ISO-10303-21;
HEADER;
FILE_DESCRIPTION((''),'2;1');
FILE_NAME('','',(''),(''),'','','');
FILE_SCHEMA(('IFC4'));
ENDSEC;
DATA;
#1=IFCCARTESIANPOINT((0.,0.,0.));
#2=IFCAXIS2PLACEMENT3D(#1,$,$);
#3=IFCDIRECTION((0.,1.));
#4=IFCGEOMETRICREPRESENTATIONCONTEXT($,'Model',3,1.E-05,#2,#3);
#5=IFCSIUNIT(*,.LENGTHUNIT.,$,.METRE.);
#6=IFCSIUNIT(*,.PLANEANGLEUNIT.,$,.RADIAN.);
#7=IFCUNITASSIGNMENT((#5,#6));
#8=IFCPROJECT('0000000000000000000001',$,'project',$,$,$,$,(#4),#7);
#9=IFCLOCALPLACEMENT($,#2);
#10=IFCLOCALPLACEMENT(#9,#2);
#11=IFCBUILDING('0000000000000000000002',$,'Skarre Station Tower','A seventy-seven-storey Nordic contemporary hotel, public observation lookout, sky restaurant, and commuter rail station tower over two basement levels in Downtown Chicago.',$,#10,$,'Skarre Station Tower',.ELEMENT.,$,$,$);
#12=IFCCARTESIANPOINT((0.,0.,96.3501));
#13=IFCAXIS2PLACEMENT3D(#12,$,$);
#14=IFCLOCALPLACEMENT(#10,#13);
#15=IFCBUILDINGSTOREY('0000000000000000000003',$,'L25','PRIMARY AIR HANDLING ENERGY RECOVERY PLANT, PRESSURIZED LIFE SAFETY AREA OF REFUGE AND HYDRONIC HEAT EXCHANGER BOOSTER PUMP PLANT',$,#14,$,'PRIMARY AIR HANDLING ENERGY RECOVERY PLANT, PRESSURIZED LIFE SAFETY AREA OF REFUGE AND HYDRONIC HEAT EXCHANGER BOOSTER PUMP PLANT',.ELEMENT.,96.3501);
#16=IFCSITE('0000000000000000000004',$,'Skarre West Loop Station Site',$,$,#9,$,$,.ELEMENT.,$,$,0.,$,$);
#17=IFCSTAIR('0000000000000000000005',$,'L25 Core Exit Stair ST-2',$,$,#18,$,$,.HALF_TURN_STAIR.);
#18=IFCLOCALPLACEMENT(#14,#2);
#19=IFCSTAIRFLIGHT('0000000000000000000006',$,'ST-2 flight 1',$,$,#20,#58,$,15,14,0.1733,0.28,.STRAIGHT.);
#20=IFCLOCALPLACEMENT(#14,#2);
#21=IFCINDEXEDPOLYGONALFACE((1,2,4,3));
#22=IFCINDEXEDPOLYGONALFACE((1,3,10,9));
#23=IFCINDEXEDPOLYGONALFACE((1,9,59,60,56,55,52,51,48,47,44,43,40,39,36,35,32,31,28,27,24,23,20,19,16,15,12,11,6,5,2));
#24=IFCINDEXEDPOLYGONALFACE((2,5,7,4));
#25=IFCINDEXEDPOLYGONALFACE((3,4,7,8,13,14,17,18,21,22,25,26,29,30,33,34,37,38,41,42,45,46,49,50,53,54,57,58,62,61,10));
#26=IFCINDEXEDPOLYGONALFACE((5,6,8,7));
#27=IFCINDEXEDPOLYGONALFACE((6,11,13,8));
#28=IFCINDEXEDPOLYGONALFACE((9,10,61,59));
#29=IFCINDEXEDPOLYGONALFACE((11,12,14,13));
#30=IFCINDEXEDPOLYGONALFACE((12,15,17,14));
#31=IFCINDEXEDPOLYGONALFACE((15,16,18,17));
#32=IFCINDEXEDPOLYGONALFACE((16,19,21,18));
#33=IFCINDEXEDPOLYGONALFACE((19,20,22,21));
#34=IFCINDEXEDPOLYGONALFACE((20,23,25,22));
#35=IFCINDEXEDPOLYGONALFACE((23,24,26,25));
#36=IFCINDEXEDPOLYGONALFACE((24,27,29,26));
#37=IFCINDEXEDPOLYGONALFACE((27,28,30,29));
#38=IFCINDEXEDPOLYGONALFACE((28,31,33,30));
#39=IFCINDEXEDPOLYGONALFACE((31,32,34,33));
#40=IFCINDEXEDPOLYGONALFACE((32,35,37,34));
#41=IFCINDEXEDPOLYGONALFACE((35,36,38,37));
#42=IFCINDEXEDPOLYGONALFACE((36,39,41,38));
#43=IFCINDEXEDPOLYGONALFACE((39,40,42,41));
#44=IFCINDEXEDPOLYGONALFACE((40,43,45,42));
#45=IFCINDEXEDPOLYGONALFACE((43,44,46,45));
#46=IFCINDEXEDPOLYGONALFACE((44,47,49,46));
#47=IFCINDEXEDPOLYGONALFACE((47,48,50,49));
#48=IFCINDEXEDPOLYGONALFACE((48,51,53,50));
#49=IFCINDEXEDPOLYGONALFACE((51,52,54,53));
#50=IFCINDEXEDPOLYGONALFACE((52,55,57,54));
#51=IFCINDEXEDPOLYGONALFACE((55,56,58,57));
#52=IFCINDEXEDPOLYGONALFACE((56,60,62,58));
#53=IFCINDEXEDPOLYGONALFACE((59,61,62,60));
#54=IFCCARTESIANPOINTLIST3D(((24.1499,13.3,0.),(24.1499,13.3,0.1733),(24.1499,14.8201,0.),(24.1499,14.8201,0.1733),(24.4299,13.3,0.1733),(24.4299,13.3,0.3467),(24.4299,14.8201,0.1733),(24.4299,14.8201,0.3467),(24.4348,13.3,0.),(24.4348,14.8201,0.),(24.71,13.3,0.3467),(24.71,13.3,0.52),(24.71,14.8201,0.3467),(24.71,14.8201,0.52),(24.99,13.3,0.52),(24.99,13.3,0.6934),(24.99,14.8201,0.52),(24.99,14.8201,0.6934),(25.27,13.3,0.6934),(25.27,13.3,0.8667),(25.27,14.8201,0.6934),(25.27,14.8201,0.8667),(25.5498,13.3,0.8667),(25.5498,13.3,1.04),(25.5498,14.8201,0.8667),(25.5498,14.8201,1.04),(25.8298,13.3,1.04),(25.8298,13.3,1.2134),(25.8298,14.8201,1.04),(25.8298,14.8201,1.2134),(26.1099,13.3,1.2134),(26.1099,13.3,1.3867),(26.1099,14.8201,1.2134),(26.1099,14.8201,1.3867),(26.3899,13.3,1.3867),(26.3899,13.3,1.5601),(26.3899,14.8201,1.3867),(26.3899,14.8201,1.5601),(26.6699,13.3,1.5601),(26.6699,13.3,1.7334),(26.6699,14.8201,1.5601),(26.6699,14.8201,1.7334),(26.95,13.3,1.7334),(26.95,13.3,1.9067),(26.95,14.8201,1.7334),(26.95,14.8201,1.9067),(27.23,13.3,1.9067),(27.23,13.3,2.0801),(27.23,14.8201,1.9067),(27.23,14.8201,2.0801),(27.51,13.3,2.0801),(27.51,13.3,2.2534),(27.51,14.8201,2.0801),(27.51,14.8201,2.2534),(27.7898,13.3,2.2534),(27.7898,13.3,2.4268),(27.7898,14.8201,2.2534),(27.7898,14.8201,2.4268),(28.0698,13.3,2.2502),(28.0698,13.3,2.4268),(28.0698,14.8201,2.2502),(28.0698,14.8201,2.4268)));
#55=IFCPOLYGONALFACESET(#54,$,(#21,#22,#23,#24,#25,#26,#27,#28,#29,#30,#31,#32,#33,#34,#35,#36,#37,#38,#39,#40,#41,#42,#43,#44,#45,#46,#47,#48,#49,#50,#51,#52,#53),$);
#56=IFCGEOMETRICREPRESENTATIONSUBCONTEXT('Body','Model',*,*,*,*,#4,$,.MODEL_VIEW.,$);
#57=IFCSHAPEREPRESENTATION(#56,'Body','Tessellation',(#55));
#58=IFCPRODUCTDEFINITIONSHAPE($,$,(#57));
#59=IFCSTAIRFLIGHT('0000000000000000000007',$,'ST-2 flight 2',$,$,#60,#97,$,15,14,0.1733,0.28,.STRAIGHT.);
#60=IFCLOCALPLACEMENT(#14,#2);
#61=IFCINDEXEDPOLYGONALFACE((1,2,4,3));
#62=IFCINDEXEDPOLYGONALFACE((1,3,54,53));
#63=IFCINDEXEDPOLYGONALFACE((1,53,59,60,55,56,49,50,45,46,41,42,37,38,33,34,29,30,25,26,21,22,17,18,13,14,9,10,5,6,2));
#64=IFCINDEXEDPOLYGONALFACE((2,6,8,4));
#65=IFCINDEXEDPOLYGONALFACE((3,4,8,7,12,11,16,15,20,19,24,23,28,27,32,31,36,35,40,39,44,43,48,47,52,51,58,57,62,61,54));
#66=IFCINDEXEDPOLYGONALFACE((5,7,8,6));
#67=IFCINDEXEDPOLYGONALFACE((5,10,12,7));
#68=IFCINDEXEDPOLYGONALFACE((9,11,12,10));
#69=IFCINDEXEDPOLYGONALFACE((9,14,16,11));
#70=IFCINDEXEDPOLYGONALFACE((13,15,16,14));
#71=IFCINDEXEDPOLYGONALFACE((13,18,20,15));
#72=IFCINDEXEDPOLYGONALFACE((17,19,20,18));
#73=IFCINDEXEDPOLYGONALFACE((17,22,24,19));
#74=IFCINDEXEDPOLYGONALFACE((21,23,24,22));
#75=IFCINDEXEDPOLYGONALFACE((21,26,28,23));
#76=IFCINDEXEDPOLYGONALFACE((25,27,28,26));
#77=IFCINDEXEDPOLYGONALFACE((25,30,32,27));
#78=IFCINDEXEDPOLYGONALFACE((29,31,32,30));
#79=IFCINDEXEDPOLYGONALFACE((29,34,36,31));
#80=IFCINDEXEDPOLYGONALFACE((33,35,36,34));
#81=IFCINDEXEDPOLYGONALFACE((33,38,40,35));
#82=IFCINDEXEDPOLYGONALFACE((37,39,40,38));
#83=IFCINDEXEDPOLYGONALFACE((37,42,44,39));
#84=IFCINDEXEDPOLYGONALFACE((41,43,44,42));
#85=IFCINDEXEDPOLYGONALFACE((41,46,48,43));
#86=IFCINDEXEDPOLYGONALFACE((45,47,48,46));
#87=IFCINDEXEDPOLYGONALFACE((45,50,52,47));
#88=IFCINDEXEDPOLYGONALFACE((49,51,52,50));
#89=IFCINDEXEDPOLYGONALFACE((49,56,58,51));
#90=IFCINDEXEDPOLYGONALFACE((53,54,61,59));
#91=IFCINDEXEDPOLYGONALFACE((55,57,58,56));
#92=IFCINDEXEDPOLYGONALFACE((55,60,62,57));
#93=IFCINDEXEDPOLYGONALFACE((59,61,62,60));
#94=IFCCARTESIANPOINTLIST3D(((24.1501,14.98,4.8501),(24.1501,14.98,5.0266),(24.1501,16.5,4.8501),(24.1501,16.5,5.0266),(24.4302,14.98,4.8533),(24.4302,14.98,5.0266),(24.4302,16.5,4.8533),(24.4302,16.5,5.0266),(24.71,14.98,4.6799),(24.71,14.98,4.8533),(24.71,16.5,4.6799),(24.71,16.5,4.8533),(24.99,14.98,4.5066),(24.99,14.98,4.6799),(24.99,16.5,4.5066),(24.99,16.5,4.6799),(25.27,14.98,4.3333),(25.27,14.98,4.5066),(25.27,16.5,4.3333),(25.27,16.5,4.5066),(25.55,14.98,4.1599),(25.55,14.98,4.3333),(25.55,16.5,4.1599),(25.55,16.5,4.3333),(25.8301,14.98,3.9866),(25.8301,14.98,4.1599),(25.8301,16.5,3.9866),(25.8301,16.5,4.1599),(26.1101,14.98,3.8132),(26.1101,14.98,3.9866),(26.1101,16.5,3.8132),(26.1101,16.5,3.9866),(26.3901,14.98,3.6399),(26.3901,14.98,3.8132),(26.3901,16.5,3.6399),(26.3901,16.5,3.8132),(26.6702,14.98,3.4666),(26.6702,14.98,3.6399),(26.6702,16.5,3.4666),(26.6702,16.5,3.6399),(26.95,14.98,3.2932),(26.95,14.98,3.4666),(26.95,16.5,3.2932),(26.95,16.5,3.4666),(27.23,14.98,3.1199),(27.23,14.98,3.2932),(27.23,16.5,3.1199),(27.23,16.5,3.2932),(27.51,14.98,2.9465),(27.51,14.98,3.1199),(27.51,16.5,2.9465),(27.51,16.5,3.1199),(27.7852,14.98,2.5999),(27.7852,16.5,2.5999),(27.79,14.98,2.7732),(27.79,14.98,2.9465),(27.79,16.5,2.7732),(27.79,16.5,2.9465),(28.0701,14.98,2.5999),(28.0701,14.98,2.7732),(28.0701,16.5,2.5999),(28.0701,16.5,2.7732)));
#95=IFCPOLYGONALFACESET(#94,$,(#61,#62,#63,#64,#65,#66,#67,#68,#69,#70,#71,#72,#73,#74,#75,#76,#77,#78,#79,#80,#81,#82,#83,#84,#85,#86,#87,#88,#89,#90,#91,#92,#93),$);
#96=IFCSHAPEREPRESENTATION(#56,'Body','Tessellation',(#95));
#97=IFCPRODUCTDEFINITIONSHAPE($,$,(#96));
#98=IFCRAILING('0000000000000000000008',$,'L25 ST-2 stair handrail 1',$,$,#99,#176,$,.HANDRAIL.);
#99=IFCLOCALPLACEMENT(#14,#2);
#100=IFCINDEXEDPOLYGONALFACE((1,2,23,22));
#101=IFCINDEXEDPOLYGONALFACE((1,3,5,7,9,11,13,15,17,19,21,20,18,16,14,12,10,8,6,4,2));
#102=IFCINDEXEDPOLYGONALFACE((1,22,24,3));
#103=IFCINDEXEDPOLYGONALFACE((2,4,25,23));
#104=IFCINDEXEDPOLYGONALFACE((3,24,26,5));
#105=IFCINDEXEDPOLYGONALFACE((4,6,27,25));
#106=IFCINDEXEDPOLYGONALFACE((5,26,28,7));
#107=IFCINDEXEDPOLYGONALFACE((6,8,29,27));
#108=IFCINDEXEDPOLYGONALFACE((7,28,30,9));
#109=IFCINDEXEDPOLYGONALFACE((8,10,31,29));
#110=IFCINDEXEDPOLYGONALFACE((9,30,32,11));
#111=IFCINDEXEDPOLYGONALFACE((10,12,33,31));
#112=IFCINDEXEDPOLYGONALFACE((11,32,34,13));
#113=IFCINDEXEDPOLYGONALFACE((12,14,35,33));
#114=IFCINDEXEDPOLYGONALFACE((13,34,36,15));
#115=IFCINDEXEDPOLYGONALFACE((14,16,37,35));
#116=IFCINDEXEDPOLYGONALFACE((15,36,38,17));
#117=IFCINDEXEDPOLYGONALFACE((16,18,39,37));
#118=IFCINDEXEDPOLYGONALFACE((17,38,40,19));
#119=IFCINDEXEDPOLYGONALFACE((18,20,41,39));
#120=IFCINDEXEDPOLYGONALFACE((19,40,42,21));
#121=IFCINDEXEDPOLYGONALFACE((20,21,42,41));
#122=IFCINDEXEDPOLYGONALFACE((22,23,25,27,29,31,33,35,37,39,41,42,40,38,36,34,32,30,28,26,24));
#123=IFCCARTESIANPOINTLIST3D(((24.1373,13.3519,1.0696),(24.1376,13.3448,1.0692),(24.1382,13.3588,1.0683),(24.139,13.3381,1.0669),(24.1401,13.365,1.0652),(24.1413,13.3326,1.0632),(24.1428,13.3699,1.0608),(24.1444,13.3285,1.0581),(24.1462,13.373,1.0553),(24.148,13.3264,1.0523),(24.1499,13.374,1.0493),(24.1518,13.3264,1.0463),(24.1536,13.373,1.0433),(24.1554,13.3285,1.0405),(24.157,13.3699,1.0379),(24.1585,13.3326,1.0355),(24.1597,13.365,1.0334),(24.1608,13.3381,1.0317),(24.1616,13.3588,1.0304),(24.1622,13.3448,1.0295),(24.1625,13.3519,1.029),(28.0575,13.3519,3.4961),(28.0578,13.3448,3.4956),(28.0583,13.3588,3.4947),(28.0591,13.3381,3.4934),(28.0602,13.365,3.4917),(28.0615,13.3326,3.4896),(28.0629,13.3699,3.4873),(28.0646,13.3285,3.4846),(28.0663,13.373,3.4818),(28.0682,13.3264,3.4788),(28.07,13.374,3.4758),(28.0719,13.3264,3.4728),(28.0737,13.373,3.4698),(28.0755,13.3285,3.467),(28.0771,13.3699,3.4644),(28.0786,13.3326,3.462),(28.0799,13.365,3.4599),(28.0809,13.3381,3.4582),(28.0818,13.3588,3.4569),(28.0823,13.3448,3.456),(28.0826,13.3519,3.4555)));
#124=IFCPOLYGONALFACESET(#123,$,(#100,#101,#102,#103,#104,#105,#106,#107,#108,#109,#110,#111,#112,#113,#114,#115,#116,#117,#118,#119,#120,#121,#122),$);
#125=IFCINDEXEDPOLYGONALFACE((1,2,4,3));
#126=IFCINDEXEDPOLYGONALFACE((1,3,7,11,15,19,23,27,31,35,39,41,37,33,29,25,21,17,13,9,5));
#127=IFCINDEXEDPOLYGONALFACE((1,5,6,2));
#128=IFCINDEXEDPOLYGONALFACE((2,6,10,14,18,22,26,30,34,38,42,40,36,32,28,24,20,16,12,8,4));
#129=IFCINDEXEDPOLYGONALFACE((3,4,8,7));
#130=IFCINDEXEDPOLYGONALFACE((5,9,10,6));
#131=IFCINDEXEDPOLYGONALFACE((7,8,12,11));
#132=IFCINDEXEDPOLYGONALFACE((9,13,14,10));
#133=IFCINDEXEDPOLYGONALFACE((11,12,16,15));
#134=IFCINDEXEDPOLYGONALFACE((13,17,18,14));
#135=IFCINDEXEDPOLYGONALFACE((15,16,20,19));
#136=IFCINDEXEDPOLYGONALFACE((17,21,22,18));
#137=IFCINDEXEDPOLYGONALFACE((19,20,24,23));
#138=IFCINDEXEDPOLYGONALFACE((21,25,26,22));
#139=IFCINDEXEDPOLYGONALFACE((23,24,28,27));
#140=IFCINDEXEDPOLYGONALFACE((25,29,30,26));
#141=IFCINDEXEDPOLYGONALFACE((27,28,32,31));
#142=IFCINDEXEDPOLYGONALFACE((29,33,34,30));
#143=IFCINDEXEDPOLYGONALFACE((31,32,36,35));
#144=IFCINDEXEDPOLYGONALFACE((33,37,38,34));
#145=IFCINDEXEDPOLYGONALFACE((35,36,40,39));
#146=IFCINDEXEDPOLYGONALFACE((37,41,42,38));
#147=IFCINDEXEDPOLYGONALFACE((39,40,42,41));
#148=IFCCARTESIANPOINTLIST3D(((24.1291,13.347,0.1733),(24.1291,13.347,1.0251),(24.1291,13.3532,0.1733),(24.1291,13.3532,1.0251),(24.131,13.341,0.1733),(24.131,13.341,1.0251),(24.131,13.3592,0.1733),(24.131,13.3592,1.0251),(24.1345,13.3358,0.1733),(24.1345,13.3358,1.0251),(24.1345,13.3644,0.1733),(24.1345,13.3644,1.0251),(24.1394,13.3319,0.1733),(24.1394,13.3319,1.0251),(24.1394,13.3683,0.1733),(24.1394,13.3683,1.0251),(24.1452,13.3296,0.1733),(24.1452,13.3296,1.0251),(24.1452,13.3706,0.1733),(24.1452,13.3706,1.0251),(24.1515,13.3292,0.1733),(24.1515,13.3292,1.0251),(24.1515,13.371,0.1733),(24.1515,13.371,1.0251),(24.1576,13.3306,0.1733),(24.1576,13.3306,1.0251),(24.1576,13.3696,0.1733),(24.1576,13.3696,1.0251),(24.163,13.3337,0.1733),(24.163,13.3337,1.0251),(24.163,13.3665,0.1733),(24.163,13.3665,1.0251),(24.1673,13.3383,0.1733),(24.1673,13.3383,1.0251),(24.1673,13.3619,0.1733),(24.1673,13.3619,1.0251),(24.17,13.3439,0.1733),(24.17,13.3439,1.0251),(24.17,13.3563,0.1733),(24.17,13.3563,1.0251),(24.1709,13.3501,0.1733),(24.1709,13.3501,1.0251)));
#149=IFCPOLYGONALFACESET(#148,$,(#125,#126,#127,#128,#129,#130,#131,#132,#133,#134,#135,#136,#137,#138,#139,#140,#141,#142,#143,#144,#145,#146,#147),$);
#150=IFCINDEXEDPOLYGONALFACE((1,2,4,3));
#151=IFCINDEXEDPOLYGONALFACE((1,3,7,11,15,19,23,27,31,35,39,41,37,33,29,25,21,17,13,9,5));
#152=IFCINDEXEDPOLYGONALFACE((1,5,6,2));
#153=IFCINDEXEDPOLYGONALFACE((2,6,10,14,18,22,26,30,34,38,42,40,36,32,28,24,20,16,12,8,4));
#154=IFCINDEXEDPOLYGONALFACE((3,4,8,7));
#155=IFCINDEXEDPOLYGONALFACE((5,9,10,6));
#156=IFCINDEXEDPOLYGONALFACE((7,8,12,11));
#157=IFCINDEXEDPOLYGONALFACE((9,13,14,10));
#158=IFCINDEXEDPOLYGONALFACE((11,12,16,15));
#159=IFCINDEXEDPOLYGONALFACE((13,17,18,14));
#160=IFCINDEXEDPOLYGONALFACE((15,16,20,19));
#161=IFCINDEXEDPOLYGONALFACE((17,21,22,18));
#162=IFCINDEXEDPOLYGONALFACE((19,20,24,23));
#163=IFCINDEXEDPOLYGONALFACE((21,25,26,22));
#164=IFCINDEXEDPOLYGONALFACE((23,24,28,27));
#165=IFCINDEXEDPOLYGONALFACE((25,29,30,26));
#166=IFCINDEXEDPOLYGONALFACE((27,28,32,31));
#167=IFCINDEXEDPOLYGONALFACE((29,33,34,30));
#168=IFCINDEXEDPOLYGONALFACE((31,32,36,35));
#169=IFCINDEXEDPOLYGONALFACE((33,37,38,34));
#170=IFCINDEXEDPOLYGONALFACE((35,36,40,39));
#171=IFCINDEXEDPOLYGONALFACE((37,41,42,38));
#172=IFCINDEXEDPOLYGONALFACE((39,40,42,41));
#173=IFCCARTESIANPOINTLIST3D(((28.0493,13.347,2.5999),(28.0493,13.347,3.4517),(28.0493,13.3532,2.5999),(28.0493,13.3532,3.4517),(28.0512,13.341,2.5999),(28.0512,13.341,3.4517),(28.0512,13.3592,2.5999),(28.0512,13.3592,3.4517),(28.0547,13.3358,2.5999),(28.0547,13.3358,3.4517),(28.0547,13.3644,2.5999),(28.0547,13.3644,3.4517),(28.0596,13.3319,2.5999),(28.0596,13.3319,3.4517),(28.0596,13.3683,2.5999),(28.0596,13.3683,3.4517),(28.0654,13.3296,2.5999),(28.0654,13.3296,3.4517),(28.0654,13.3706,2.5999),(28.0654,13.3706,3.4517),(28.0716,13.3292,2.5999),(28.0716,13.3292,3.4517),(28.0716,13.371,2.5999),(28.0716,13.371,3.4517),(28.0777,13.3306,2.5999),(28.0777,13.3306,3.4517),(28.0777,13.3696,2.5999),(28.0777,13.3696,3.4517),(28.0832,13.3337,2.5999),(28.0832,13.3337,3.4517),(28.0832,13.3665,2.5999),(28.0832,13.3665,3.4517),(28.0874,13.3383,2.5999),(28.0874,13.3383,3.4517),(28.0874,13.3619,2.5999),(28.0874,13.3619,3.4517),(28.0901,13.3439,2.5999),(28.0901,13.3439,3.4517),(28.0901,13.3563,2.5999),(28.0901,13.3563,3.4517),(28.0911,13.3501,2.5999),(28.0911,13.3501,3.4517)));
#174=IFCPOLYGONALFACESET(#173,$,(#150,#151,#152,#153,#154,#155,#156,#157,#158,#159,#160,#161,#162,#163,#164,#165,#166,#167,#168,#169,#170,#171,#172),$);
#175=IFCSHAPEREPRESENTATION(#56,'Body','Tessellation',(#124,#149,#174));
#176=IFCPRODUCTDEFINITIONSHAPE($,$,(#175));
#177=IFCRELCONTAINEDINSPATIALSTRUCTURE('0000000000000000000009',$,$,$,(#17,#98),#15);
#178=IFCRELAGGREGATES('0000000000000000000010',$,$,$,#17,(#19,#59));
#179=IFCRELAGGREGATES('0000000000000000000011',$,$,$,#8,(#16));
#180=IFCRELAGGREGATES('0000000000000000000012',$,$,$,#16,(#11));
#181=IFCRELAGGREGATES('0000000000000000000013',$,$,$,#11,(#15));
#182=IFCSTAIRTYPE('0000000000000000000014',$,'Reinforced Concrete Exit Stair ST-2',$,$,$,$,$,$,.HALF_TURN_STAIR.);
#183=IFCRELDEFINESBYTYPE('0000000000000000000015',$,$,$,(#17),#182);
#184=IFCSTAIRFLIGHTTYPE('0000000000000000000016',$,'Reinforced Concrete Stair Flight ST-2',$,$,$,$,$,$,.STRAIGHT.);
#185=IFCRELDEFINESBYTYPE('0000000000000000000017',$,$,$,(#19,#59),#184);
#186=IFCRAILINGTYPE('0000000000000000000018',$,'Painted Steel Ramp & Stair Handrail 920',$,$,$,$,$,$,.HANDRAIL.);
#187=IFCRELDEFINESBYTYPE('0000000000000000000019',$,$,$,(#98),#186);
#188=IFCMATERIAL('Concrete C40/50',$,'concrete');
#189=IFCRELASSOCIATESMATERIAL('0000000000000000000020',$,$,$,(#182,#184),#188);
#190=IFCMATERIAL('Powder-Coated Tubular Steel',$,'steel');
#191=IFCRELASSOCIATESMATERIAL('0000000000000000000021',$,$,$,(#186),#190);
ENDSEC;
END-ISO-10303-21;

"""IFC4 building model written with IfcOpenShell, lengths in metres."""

from ifc_helpers import new_model, si_unit, direction, frame, origin, origin_2d, place, context, subcontext, project, spatial, polyline, circle, outline, extrude, material, type_object, element, aggregate, save


model = new_model("IFC4")

# Units and contexts
model_context = context("Model", 3, precision=1e-05, world=origin(), true_north=direction((0.0, 1.0)))
body_context = subcontext(model_context, "Body", "Model", "MODEL_VIEW")
ifc_project = project(units=[si_unit("LENGTHUNIT", "METRE"), si_unit("PLANEANGLEUNIT", "RADIAN")], contexts=[model_context])

# Site, building, storey
site_placement = place(None, origin())
site = spatial("IfcSite", under=ifc_project, at=site_placement, Name="Skarre West Loop Station Site", CompositionType="ELEMENT", RefElevation=0.0)
building_placement = place(site_placement, origin())
building = spatial("IfcBuilding", under=site, at=building_placement, Name="Skarre Station Tower", Description="A seventy-seven-storey Nordic contemporary hotel, public observation lookout, sky restaurant, and commuter rail station tower over two basement levels in Downtown Chicago.", LongName="Skarre Station Tower", CompositionType="ELEMENT")
storey_placement = place(building_placement, frame((0.0, 0.0, 96.3501)))
storey = spatial("IfcBuildingStorey", under=building, at=storey_placement, Name="L25", Description="PRIMARY AIR HANDLING ENERGY RECOVERY PLANT, PRESSURIZED LIFE SAFETY AREA OF REFUGE AND HYDRONIC HEAT EXCHANGER BOOSTER PUMP PLANT", LongName="PRIMARY AIR HANDLING ENERGY RECOVERY PLANT, PRESSURIZED LIFE SAFETY AREA OF REFUGE AND HYDRONIC HEAT EXCHANGER BOOSTER PUMP PLANT", CompositionType="ELEMENT", Elevation=96.3501)

# Stair, stair flights
ifc_material_1 = material(Name="Concrete C40/50", Category="concrete")
stair_type = type_object("IfcStairType", Name="Reinforced Concrete Exit Stair ST-2", PredefinedType="HALF_TURN_STAIR", material=ifc_material_1)
stair_placement = place(storey_placement, origin())
stair = element("IfcStair", 1, at=stair_placement, inside=storey, type_object=stair_type, Name="L25 Core Exit Stair ST-2", PredefinedType="HALF_TURN_STAIR")
stair_flight_type = type_object("IfcStairFlightType", Name="Reinforced Concrete Stair Flight ST-2", PredefinedType="STRAIGHT", material=ifc_material_1)
stair_flight_1_placement = place(storey_placement, frame((24.1499, 14.0601, 0.0), z_axis=(0.0, 0.0, 1.0), x_axis=(1.0, 0.0, 0.0)))
stair_flight_1 = element("IfcStairFlight", 2, at=stair_flight_1_placement, type_object=stair_flight_type, Name="ST-2 flight 1", NumberOfRisers=15, NumberOfTreads=14, PredefinedType="STRAIGHT", RiserHeight=0.1733, TreadLength=0.28, context=body_context, shape_type="SweptSolid", body=[
    extrude(outline(polyline([(0.0, 0.0), (0.0, 0.1733), (0.28, 0.1733), (0.28, 0.3467), (0.5601, 0.3467), (0.5601, 0.52), (0.8401, 0.52), (0.8401, 0.6934), (1.1201, 0.6934), (1.1201, 0.8667), (1.3999, 0.8667), (1.3999, 1.04), (1.6799, 1.04), (1.6799, 1.2134), (1.96, 1.2134), (1.96, 1.3867), (2.24, 1.3867), (2.24, 1.5601), (2.52, 1.5601), (2.52, 1.7334), (2.8, 1.7334), (2.8, 1.9067), (3.0801, 1.9067), (3.0801, 2.0801), (3.3601, 2.0801), (3.3601, 2.2534), (3.6399, 2.2534), (3.6399, 2.4268), (3.9199, 2.4268), (3.9199, 2.6001), (3.9199, 2.2502), (0.2849, 0.0), (0.0, 0.0)])), frame((0.0, 0.76, 0.0), z_axis=(0.0, -1.0, 0.0), x_axis=(1.0, 0.0, 0.0)), (0.0, 0.0, 1.0), 1.52),
])
stair_flight_2_placement = place(storey_placement, frame((28.0701, 15.74, 2.5999), z_axis=(0.0, 0.0, 1.0), x_axis=(-1.0, 0.0, 0.0)))
stair_flight_2 = element("IfcStairFlight", 3, at=stair_flight_2_placement, type_object=stair_flight_type, Name="ST-2 flight 2", NumberOfRisers=15, NumberOfTreads=14, PredefinedType="STRAIGHT", RiserHeight=0.1733, TreadLength=0.28, context=body_context, shape_type="SweptSolid", body=[
    extrude(outline(polyline([(0.0, 0.0), (0.0, 0.1733), (0.28, 0.1733), (0.28, 0.3467), (0.5601, 0.3467), (0.5601, 0.52), (0.8401, 0.52), (0.8401, 0.6934), (1.1201, 0.6934), (1.1201, 0.8667), (1.3999, 0.8667), (1.3999, 1.04), (1.6799, 1.04), (1.6799, 1.2134), (1.96, 1.2134), (1.96, 1.3867), (2.24, 1.3867), (2.24, 1.5601), (2.52, 1.5601), (2.52, 1.7334), (2.8, 1.7334), (2.8, 1.9067), (3.0801, 1.9067), (3.0801, 2.0801), (3.3601, 2.0801), (3.3601, 2.2534), (3.6399, 2.2534), (3.6399, 2.4268), (3.9199, 2.4268), (3.9199, 2.6001), (3.9199, 2.2502), (0.2849, 0.0), (0.0, 0.0)])), frame((0.0, 0.76, 0.0), z_axis=(0.0, -1.0, 0.0), x_axis=(1.0, 0.0, 0.0)), (0.0, 0.0, 1.0), 1.52),
])
aggregate(stair, [stair_flight_1, stair_flight_2])

# Railing
ifc_material_2 = material(Name="Powder-Coated Tubular Steel", Category="steel")
railing_type_1 = type_object("IfcRailingType", Name="Painted Steel Ramp & Stair Handrail 920", PredefinedType="HANDRAIL", material=ifc_material_2)
railing_1_placement = place(storey_placement, frame((24.1499, 13.3501, 0.1733)))
element("IfcRailing", 4, at=railing_1_placement, inside=storey, type_object=railing_type_1, Name="L25 ST-2 stair handrail 1", PredefinedType="HANDRAIL", context=body_context, shape_type="SweptSolid", body=[
    extrude(circle(Radius=0.0239, at=origin_2d()), frame((0.0, 0.0, 0.876), z_axis=(0.85029, 0.0, 0.526315), x_axis=(0.0, 1.0, 0.0)), (0.0, 0.0, 1.0), 4.6104),
    extrude(circle(Radius=0.021, at=origin_2d()), origin(), (0.0, 0.0, 1.0), 0.8518),
    extrude(circle(Radius=0.021, at=origin_2d()), frame((3.9202, 0.0, 2.4265)), (0.0, 0.0, 1.0), 0.8518),
])

save(model, "model.ifc")
